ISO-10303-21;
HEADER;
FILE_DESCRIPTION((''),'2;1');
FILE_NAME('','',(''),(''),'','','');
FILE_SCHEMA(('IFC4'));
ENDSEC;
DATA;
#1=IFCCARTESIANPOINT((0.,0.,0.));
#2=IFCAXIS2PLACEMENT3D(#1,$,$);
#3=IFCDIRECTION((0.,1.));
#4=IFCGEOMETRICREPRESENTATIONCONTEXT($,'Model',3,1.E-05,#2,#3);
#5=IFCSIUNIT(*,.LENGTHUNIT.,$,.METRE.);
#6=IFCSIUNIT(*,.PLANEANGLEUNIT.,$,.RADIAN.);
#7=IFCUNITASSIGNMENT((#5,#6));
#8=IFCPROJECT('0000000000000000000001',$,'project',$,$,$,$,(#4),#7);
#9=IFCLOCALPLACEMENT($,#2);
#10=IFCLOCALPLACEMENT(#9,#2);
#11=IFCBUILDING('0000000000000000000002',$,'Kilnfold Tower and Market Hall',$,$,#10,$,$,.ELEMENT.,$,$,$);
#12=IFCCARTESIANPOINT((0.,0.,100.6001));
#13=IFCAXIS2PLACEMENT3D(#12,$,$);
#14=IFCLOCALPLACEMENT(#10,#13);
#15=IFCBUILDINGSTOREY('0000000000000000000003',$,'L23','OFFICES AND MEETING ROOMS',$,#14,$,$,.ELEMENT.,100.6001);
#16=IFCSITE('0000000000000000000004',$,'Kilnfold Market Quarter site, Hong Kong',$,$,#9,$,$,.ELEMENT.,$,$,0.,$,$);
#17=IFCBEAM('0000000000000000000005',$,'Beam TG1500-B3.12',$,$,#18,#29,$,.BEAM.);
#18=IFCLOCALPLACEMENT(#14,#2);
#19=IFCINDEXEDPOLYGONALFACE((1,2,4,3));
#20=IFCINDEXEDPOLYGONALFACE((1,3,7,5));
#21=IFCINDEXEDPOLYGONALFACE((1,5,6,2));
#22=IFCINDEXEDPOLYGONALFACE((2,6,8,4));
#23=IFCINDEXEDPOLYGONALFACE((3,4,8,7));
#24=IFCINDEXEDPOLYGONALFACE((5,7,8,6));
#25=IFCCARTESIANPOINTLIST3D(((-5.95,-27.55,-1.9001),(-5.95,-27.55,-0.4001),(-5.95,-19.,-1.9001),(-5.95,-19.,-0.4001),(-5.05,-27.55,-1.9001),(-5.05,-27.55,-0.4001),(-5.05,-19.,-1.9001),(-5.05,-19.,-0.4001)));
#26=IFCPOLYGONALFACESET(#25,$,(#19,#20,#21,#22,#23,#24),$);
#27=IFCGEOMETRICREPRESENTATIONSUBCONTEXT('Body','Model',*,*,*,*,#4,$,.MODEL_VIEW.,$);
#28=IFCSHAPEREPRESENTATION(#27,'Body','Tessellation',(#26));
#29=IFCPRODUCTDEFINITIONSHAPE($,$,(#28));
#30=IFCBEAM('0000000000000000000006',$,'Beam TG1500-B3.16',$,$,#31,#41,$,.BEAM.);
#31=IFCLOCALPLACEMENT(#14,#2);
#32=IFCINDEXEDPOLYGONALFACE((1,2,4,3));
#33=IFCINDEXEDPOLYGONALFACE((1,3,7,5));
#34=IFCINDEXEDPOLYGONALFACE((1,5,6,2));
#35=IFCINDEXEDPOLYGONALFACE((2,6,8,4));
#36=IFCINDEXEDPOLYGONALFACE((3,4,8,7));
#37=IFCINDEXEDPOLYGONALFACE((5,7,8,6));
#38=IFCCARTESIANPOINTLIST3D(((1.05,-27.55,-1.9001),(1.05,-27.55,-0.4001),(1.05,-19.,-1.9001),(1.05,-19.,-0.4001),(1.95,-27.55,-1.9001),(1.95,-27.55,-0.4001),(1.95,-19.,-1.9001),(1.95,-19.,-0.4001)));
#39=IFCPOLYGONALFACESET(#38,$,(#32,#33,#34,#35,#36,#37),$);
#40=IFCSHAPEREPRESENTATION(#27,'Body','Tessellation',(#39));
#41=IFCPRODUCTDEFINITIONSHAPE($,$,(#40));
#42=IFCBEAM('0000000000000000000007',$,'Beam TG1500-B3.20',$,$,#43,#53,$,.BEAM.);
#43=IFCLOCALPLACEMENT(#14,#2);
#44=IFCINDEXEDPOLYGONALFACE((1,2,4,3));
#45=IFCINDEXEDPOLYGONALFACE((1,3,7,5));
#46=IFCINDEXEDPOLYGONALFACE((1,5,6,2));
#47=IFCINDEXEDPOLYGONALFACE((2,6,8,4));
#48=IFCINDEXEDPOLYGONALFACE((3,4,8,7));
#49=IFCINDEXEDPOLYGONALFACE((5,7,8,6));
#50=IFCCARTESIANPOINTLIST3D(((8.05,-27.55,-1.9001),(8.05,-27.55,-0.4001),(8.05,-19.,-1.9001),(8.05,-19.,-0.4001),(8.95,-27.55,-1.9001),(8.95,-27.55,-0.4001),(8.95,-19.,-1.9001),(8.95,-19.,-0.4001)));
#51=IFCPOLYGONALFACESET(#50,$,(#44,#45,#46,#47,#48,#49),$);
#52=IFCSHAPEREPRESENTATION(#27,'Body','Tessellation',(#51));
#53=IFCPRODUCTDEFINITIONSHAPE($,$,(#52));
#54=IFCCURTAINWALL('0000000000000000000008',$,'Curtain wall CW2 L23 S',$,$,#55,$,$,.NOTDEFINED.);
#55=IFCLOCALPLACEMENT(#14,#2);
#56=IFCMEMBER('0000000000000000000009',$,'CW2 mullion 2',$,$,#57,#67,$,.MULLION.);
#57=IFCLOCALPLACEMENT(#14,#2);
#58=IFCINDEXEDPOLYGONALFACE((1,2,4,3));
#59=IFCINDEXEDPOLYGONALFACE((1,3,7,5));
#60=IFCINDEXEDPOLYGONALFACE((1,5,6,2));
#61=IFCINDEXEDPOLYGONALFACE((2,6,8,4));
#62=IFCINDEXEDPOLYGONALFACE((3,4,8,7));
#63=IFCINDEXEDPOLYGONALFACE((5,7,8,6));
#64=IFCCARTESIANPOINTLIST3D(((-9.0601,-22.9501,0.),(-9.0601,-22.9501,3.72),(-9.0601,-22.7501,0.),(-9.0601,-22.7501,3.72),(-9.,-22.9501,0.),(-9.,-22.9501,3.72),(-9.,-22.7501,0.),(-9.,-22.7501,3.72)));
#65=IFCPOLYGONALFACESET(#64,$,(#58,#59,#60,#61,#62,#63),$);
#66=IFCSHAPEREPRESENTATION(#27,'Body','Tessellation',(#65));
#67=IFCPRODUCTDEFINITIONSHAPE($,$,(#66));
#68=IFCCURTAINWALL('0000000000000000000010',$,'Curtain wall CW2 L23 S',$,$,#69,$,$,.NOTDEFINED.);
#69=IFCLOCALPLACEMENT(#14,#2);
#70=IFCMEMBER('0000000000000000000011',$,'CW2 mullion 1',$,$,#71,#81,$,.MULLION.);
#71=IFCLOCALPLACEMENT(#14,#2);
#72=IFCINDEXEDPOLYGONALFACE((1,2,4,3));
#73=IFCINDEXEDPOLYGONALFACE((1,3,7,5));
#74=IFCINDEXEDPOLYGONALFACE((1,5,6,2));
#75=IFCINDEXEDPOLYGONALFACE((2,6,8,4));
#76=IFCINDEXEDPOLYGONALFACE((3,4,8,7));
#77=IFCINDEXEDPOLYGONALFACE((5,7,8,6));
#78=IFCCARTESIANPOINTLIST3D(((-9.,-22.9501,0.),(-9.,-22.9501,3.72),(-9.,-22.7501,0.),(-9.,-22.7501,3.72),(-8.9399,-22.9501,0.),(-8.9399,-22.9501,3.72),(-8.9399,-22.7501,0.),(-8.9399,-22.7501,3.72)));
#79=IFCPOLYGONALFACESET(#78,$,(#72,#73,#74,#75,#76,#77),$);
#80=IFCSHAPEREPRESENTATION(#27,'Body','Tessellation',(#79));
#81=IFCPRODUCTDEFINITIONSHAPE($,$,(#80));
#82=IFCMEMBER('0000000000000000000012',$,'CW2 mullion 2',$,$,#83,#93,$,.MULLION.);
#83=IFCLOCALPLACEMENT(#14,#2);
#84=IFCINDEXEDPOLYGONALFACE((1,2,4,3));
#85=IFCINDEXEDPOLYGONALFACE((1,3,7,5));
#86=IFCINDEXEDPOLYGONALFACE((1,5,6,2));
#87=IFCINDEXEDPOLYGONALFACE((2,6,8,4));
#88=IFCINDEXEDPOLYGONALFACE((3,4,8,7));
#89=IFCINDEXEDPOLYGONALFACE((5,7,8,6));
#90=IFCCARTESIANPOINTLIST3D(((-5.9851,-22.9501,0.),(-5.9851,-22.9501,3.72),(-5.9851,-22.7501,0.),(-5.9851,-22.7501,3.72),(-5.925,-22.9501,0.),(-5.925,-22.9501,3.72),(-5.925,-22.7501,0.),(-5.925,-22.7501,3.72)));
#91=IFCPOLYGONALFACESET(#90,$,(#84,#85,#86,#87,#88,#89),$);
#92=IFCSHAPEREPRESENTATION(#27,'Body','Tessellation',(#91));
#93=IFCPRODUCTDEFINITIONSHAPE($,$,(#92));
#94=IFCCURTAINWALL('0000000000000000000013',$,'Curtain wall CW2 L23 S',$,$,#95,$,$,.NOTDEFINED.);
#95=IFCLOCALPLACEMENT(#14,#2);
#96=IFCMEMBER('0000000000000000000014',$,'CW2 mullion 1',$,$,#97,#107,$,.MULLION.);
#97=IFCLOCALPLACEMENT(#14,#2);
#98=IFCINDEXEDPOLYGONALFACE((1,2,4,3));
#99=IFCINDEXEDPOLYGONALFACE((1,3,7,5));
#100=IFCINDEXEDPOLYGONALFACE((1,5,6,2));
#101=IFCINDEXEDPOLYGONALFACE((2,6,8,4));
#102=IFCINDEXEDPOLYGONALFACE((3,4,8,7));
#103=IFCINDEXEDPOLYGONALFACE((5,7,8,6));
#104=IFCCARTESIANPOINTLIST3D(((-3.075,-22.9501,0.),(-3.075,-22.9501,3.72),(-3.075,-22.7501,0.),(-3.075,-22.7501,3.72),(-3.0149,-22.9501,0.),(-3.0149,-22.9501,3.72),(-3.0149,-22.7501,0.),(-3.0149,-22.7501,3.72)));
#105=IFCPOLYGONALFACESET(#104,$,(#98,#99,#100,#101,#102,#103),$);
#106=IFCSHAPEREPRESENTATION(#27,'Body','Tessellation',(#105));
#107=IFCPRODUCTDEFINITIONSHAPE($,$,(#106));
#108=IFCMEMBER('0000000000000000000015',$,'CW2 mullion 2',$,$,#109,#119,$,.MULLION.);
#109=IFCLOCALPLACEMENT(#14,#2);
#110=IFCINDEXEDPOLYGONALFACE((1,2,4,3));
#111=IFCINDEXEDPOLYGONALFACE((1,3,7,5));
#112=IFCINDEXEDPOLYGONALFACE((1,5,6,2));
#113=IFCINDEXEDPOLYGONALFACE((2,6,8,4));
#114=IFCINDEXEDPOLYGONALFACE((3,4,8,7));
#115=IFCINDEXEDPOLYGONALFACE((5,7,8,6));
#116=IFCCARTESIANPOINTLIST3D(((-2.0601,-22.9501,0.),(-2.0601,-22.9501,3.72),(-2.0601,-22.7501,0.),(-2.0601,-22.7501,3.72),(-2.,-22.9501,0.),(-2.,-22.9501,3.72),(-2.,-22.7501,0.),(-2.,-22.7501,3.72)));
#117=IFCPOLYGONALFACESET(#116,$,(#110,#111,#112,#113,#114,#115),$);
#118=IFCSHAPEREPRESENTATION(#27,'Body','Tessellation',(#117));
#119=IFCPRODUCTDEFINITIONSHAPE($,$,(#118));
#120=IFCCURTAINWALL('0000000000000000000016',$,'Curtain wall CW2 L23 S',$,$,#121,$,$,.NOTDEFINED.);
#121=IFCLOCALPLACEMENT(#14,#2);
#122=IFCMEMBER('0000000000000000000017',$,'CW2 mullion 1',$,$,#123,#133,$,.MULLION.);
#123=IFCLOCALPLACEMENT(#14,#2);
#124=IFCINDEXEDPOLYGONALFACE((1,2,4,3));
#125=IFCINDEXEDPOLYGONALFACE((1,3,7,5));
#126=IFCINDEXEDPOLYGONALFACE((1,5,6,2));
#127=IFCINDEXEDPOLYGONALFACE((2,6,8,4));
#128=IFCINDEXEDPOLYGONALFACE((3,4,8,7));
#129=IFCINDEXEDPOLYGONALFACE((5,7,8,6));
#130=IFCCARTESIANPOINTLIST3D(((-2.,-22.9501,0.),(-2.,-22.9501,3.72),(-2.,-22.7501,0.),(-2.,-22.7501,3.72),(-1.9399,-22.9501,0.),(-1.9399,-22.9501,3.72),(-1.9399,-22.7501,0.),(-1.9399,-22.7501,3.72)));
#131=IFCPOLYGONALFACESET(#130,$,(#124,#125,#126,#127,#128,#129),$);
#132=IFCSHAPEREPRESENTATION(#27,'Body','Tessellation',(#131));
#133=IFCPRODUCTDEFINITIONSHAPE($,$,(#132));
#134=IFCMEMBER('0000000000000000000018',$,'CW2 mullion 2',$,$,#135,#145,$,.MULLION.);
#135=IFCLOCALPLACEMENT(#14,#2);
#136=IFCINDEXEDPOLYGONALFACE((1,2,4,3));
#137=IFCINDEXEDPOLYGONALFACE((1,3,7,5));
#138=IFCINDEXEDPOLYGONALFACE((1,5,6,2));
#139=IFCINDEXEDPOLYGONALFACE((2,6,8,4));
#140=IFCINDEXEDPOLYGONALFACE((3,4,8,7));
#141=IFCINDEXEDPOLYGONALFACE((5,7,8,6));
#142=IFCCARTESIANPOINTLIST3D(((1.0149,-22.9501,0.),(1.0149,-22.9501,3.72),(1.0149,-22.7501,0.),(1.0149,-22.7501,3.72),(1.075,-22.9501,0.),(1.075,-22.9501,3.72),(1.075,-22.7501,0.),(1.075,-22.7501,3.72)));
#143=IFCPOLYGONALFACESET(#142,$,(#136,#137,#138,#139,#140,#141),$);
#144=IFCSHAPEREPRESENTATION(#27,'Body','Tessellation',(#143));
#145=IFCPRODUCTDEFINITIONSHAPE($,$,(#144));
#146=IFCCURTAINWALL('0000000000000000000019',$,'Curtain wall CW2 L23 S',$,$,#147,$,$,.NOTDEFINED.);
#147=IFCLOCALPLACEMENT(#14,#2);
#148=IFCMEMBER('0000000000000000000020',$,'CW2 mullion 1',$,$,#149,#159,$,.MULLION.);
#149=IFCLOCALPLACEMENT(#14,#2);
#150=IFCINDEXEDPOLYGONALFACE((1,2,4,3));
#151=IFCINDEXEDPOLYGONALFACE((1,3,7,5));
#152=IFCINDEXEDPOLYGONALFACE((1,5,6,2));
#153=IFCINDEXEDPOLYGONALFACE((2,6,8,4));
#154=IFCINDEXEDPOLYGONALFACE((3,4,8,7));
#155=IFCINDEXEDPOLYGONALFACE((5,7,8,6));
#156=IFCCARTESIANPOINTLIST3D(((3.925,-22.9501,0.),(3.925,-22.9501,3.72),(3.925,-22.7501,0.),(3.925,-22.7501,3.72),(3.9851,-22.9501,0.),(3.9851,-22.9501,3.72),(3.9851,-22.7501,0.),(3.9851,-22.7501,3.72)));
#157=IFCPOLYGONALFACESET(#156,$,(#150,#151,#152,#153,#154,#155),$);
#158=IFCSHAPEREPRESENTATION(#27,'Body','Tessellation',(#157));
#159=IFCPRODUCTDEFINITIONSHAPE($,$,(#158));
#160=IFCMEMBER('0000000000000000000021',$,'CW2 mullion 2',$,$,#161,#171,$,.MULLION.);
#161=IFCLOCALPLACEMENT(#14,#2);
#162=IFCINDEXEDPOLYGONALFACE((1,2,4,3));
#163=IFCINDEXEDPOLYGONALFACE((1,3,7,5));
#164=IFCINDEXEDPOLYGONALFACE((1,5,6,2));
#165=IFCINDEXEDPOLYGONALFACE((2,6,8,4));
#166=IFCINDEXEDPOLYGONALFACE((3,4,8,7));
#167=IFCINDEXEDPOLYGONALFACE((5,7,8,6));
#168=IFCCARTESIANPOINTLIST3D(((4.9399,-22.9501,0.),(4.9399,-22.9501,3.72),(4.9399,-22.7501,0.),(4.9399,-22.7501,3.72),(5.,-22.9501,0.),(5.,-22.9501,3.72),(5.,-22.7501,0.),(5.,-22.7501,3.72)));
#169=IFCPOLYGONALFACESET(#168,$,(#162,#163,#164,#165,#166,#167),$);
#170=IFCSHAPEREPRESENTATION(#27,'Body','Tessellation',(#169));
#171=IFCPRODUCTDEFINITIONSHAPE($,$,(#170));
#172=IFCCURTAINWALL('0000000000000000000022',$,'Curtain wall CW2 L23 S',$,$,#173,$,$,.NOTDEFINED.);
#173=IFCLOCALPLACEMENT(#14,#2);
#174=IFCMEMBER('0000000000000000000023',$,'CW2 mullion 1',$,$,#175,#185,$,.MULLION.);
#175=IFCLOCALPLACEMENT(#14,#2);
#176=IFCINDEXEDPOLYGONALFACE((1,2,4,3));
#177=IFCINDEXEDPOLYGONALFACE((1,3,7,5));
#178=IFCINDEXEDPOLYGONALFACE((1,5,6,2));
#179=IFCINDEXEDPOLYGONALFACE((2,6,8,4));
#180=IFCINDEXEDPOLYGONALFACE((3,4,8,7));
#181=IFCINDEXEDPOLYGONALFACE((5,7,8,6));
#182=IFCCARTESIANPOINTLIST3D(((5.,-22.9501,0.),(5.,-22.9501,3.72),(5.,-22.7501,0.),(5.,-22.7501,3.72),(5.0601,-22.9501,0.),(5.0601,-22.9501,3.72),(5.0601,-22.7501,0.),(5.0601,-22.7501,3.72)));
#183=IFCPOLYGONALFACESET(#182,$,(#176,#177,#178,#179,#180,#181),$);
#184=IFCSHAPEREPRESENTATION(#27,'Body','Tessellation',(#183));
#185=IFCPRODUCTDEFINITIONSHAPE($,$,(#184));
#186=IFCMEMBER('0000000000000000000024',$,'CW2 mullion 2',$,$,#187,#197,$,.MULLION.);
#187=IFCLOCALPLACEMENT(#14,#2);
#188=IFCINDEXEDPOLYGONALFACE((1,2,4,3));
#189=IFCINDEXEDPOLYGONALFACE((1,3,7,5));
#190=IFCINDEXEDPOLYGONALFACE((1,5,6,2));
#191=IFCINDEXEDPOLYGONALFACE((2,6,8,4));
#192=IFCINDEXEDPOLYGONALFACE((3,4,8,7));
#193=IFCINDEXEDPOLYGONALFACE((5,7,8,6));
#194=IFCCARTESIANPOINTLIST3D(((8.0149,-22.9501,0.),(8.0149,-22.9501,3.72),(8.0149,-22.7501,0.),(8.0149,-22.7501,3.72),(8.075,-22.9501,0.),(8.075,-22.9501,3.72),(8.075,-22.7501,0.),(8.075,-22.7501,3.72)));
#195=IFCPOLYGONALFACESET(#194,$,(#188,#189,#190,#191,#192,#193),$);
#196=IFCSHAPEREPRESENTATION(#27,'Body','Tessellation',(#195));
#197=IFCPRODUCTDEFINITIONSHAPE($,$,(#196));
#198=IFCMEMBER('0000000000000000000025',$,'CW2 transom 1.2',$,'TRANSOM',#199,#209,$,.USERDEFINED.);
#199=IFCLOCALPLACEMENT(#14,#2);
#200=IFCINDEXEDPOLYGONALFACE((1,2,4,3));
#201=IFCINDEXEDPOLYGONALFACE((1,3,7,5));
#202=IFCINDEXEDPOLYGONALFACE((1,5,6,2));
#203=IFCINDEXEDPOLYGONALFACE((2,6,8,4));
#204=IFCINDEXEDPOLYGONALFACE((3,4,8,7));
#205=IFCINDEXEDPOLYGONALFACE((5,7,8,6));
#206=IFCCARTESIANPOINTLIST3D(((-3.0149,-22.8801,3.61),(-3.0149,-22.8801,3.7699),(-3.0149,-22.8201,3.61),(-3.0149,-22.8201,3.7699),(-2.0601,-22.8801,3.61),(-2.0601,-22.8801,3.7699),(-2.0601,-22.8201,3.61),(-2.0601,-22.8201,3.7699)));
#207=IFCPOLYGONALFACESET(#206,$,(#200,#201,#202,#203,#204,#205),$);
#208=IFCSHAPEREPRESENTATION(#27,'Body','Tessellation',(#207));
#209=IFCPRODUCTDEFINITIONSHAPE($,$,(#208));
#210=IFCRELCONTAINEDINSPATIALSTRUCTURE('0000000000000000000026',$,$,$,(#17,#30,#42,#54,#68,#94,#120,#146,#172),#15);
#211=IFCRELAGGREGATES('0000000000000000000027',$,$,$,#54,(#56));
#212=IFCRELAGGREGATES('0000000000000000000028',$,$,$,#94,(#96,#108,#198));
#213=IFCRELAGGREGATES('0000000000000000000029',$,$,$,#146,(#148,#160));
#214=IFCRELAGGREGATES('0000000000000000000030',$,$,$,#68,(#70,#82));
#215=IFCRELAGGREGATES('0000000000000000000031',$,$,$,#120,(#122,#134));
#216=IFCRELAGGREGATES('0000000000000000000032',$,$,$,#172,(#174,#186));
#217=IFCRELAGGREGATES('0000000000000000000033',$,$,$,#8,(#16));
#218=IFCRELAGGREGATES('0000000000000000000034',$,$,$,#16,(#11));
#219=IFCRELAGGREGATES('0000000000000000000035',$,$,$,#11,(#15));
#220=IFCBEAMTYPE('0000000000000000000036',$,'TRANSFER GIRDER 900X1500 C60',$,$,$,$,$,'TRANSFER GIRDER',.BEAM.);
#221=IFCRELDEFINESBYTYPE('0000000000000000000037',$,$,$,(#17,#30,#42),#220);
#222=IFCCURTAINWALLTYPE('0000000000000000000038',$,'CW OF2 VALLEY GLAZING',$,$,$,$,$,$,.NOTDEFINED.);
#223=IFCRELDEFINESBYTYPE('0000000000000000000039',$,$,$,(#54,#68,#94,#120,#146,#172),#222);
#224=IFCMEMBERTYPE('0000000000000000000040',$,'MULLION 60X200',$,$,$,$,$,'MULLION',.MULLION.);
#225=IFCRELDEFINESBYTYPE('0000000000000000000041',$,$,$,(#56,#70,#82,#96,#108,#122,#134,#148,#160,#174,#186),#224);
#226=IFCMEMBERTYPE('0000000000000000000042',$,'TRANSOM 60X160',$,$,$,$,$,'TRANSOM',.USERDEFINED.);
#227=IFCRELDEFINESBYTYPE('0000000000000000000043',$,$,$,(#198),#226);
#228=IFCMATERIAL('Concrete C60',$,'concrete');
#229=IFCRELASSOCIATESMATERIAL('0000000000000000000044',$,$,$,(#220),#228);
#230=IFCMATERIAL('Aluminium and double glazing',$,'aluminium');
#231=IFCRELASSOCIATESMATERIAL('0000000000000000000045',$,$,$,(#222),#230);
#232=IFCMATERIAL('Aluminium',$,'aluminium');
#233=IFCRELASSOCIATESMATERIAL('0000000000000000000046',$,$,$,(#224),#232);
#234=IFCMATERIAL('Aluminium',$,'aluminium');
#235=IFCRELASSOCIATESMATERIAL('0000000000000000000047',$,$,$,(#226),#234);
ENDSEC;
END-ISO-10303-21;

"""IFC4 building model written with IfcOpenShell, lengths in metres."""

from ifc_helpers import new_model, si_unit, direction, frame, origin, origin_2d, place, context, subcontext, project, spatial, rectangle, extrude, source, transform, mapped, material, material_profile, profile_set, type_object, element, aggregate, save


model = new_model("IFC4")

# Units and contexts
model_context = context("Model", 3, precision=1e-05, world=origin(), true_north=direction((0.0, 1.0)))
body_context = subcontext(model_context, "Body", "Model", "MODEL_VIEW")
ifc_project = project(units=[si_unit("LENGTHUNIT", "METRE"), si_unit("PLANEANGLEUNIT", "RADIAN")], contexts=[model_context])

# Site, building, storey
site_placement = place(None, origin())
site = spatial("IfcSite", under=ifc_project, at=site_placement, Name="Kilnfold Market Quarter site, Hong Kong", CompositionType="ELEMENT", RefElevation=0.0)
building_placement = place(site_placement, origin())
building = spatial("IfcBuilding", under=site, at=building_placement, Name="Kilnfold Tower and Market Hall", CompositionType="ELEMENT")
storey_placement = place(building_placement, frame((0.0, 0.0, 100.6001)))
storey = spatial("IfcBuildingStorey", under=building, at=storey_placement, Name="L23", Description="OFFICES AND MEETING ROOMS", CompositionType="ELEMENT", Elevation=100.6001)

# Beams
ifc_material_1 = material(Name="Concrete C60", Category="concrete")
ifc_material_profile_1 = material_profile(ifc_material_1, rectangle(XDim=0.8999, YDim=1.5, at=origin_2d()), Name="RC 900x1500")
ifc_profile_set_1 = profile_set([ifc_material_profile_1], Name="Concrete C60")
beam_type = type_object("IfcBeamType", Name="TRANSFER GIRDER 900X1500 C60", ElementType="TRANSFER GIRDER", PredefinedType="BEAM", material=ifc_profile_set_1)
shared_shape_1 = source(origin(), body_context, "Body", "SweptSolid", [
    extrude(rectangle(XDim=0.8999, YDim=1.5, at=origin_2d()), origin(), (0.0, 0.0, 1.0), 8.55),
])
for number, where, z_axis, x_axis, name in (
    (1, (-5.5, -27.55, -1.1501), (0.0, 1.0, 0.0), (-1.0, 0.0, 0.0), "Beam TG1500-B3.12"),
    (2, (1.5, -27.55, -1.1501), (0.0, 1.0, 0.0), (-1.0, 0.0, 0.0), "Beam TG1500-B3.16"),
    (3, (8.5, -27.55, -1.1501), (0.0, 1.0, 0.0), (-1.0, 0.0, 0.0), "Beam TG1500-B3.20"),
):
    element("IfcBeam", number, at=place(storey_placement, frame(where, z_axis=z_axis, x_axis=x_axis)), inside=storey, type_object=beam_type, Name=name, PredefinedType="BEAM", context=body_context, shape_type="MappedRepresentation", body=[
        mapped(shared_shape_1, transform((0.0, 0.0, 0.0))),
    ])

# Curtain wall, member
ifc_material_2 = material(Name="Aluminium and double glazing", Category="aluminium")
curtain_wall_type = type_object("IfcCurtainWallType", Name="CW OF2 VALLEY GLAZING", PredefinedType="NOTDEFINED", material=ifc_material_2)
curtain_wall_1_placement = place(storey_placement, origin())
curtain_wall_1 = element("IfcCurtainWall", 4, at=curtain_wall_1_placement, inside=storey, type_object=curtain_wall_type, Name="Curtain wall CW2 L23 S", PredefinedType="NOTDEFINED")
ifc_material_3 = material(Name="Aluminium", Category="aluminium")
ifc_material_profile_2 = material_profile(ifc_material_3, rectangle(XDim=0.0601, YDim=0.2, at=origin_2d()), Name="MULLION 60x200")
ifc_profile_set_2 = profile_set([ifc_material_profile_2], Name="Aluminium")
member_type_1 = type_object("IfcMemberType", Name="MULLION 60X200", ElementType="MULLION", PredefinedType="MULLION", material=ifc_profile_set_2)
shared_shape_2 = source(origin(), body_context, "Body", "SweptSolid", [
    extrude(rectangle(XDim=0.0601, YDim=0.2, at=origin_2d()), origin(), (0.0, 0.0, 1.0), 3.72),
])
member_1_placement = place(storey_placement, frame((-9.03, -22.8501, 0.0), z_axis=(0.0, 0.0, 1.0), x_axis=(1.0, 0.0, 0.0)))
member_1 = element("IfcMember", 5, at=member_1_placement, type_object=member_type_1, Name="CW2 mullion 2", PredefinedType="MULLION", context=body_context, shape_type="MappedRepresentation", body=[
    mapped(shared_shape_2, transform((0.0, 0.0, 0.0))),
])
aggregate(curtain_wall_1, [member_1])

# Curtain walls, members
curtain_wall_2_placement = place(storey_placement, origin())
curtain_wall_2 = element("IfcCurtainWall", 6, at=curtain_wall_2_placement, inside=storey, type_object=curtain_wall_type, Name="Curtain wall CW2 L23 S", PredefinedType="NOTDEFINED")
member_2_placement = place(storey_placement, frame((-8.97, -22.8501, 0.0), z_axis=(0.0, 0.0, 1.0), x_axis=(1.0, 0.0, 0.0)))
member_2 = element("IfcMember", 7, at=member_2_placement, type_object=member_type_1, Name="CW2 mullion 1", PredefinedType="MULLION", context=body_context, shape_type="MappedRepresentation", body=[
    mapped(shared_shape_2, transform((0.0, 0.0, 0.0))),
])
member_3_placement = place(storey_placement, frame((-5.9551, -22.8501, 0.0), z_axis=(0.0, 0.0, 1.0), x_axis=(1.0, 0.0, 0.0)))
member_3 = element("IfcMember", 8, at=member_3_placement, type_object=member_type_1, Name="CW2 mullion 2", PredefinedType="MULLION", context=body_context, shape_type="MappedRepresentation", body=[
    mapped(shared_shape_2, transform((0.0, 0.0, 0.0))),
])
curtain_wall_3_placement = place(storey_placement, origin())
curtain_wall_3 = element("IfcCurtainWall", 9, at=curtain_wall_3_placement, inside=storey, type_object=curtain_wall_type, Name="Curtain wall CW2 L23 S", PredefinedType="NOTDEFINED")
member_4_placement = place(storey_placement, frame((-3.0449, -22.8501, 0.0), z_axis=(0.0, 0.0, 1.0), x_axis=(1.0, 0.0, 0.0)))
member_4 = element("IfcMember", 10, at=member_4_placement, type_object=member_type_1, Name="CW2 mullion 1", PredefinedType="MULLION", context=body_context, shape_type="MappedRepresentation", body=[
    mapped(shared_shape_2, transform((0.0, 0.0, 0.0))),
])
member_5_placement = place(storey_placement, frame((-2.03, -22.8501, 0.0), z_axis=(0.0, 0.0, 1.0), x_axis=(1.0, 0.0, 0.0)))
member_5 = element("IfcMember", 11, at=member_5_placement, type_object=member_type_1, Name="CW2 mullion 2", PredefinedType="MULLION", context=body_context, shape_type="MappedRepresentation", body=[
    mapped(shared_shape_2, transform((0.0, 0.0, 0.0))),
])
curtain_wall_4_placement = place(storey_placement, origin())
curtain_wall_4 = element("IfcCurtainWall", 12, at=curtain_wall_4_placement, inside=storey, type_object=curtain_wall_type, Name="Curtain wall CW2 L23 S", PredefinedType="NOTDEFINED")
member_6_placement = place(storey_placement, frame((-1.97, -22.8501, 0.0), z_axis=(0.0, 0.0, 1.0), x_axis=(1.0, 0.0, 0.0)))
member_6 = element("IfcMember", 13, at=member_6_placement, type_object=member_type_1, Name="CW2 mullion 1", PredefinedType="MULLION", context=body_context, shape_type="MappedRepresentation", body=[
    mapped(shared_shape_2, transform((0.0, 0.0, 0.0))),
])
member_7_placement = place(storey_placement, frame((1.0449, -22.8501, 0.0), z_axis=(0.0, 0.0, 1.0), x_axis=(1.0, 0.0, 0.0)))
member_7 = element("IfcMember", 14, at=member_7_placement, type_object=member_type_1, Name="CW2 mullion 2", PredefinedType="MULLION", context=body_context, shape_type="MappedRepresentation", body=[
    mapped(shared_shape_2, transform((0.0, 0.0, 0.0))),
])
curtain_wall_5_placement = place(storey_placement, origin())
curtain_wall_5 = element("IfcCurtainWall", 15, at=curtain_wall_5_placement, inside=storey, type_object=curtain_wall_type, Name="Curtain wall CW2 L23 S", PredefinedType="NOTDEFINED")
member_8_placement = place(storey_placement, frame((3.9551, -22.8501, 0.0), z_axis=(0.0, 0.0, 1.0), x_axis=(1.0, 0.0, 0.0)))
member_8 = element("IfcMember", 16, at=member_8_placement, type_object=member_type_1, Name="CW2 mullion 1", PredefinedType="MULLION", context=body_context, shape_type="MappedRepresentation", body=[
    mapped(shared_shape_2, transform((0.0, 0.0, 0.0))),
])
member_9_placement = place(storey_placement, frame((4.97, -22.8501, 0.0), z_axis=(0.0, 0.0, 1.0), x_axis=(1.0, 0.0, 0.0)))
member_9 = element("IfcMember", 17, at=member_9_placement, type_object=member_type_1, Name="CW2 mullion 2", PredefinedType="MULLION", context=body_context, shape_type="MappedRepresentation", body=[
    mapped(shared_shape_2, transform((0.0, 0.0, 0.0))),
])
curtain_wall_6_placement = place(storey_placement, origin())
curtain_wall_6 = element("IfcCurtainWall", 18, at=curtain_wall_6_placement, inside=storey, type_object=curtain_wall_type, Name="Curtain wall CW2 L23 S", PredefinedType="NOTDEFINED")
member_10_placement = place(storey_placement, frame((5.03, -22.8501, 0.0), z_axis=(0.0, 0.0, 1.0), x_axis=(1.0, 0.0, 0.0)))
member_10 = element("IfcMember", 19, at=member_10_placement, type_object=member_type_1, Name="CW2 mullion 1", PredefinedType="MULLION", context=body_context, shape_type="MappedRepresentation", body=[
    mapped(shared_shape_2, transform((0.0, 0.0, 0.0))),
])
member_11_placement = place(storey_placement, frame((8.0449, -22.8501, 0.0), z_axis=(0.0, 0.0, 1.0), x_axis=(1.0, 0.0, 0.0)))
member_11 = element("IfcMember", 20, at=member_11_placement, type_object=member_type_1, Name="CW2 mullion 2", PredefinedType="MULLION", context=body_context, shape_type="MappedRepresentation", body=[
    mapped(shared_shape_2, transform((0.0, 0.0, 0.0))),
])

# Member
ifc_material_4 = material(Name="Aluminium", Category="aluminium")
ifc_material_profile_3 = material_profile(ifc_material_4, rectangle(XDim=0.0601, YDim=0.1599, at=origin_2d()), Name="TRANSOM 60x160")
ifc_profile_set_3 = profile_set([ifc_material_profile_3], Name="Aluminium")
member_type_2 = type_object("IfcMemberType", Name="TRANSOM 60X160", ElementType="TRANSOM", PredefinedType="USERDEFINED", material=ifc_profile_set_3)
shared_shape_3 = source(origin(), body_context, "Body", "SweptSolid", [
    extrude(rectangle(XDim=0.0601, YDim=0.1599, at=origin_2d()), origin(), (0.0, 0.0, 1.0), 0.9548),
])
member_12_placement = place(storey_placement, frame((-3.0149, -22.8501, 3.6899), z_axis=(1.0, 0.0, 0.0), x_axis=(0.0, 1.0, 0.0)))
member_12 = element("IfcMember", 21, at=member_12_placement, type_object=member_type_2, Name="CW2 transom 1.2", ObjectType="TRANSOM", PredefinedType="USERDEFINED", context=body_context, shape_type="MappedRepresentation", body=[
    mapped(shared_shape_3, transform((0.0, 0.0, 0.0))),
])

aggregate(curtain_wall_3, [member_4, member_5, member_12])
aggregate(curtain_wall_5, [member_8, member_9])
aggregate(curtain_wall_2, [member_2, member_3])
aggregate(curtain_wall_4, [member_6, member_7])
aggregate(curtain_wall_6, [member_10, member_11])

save(model, "model.ifc")
